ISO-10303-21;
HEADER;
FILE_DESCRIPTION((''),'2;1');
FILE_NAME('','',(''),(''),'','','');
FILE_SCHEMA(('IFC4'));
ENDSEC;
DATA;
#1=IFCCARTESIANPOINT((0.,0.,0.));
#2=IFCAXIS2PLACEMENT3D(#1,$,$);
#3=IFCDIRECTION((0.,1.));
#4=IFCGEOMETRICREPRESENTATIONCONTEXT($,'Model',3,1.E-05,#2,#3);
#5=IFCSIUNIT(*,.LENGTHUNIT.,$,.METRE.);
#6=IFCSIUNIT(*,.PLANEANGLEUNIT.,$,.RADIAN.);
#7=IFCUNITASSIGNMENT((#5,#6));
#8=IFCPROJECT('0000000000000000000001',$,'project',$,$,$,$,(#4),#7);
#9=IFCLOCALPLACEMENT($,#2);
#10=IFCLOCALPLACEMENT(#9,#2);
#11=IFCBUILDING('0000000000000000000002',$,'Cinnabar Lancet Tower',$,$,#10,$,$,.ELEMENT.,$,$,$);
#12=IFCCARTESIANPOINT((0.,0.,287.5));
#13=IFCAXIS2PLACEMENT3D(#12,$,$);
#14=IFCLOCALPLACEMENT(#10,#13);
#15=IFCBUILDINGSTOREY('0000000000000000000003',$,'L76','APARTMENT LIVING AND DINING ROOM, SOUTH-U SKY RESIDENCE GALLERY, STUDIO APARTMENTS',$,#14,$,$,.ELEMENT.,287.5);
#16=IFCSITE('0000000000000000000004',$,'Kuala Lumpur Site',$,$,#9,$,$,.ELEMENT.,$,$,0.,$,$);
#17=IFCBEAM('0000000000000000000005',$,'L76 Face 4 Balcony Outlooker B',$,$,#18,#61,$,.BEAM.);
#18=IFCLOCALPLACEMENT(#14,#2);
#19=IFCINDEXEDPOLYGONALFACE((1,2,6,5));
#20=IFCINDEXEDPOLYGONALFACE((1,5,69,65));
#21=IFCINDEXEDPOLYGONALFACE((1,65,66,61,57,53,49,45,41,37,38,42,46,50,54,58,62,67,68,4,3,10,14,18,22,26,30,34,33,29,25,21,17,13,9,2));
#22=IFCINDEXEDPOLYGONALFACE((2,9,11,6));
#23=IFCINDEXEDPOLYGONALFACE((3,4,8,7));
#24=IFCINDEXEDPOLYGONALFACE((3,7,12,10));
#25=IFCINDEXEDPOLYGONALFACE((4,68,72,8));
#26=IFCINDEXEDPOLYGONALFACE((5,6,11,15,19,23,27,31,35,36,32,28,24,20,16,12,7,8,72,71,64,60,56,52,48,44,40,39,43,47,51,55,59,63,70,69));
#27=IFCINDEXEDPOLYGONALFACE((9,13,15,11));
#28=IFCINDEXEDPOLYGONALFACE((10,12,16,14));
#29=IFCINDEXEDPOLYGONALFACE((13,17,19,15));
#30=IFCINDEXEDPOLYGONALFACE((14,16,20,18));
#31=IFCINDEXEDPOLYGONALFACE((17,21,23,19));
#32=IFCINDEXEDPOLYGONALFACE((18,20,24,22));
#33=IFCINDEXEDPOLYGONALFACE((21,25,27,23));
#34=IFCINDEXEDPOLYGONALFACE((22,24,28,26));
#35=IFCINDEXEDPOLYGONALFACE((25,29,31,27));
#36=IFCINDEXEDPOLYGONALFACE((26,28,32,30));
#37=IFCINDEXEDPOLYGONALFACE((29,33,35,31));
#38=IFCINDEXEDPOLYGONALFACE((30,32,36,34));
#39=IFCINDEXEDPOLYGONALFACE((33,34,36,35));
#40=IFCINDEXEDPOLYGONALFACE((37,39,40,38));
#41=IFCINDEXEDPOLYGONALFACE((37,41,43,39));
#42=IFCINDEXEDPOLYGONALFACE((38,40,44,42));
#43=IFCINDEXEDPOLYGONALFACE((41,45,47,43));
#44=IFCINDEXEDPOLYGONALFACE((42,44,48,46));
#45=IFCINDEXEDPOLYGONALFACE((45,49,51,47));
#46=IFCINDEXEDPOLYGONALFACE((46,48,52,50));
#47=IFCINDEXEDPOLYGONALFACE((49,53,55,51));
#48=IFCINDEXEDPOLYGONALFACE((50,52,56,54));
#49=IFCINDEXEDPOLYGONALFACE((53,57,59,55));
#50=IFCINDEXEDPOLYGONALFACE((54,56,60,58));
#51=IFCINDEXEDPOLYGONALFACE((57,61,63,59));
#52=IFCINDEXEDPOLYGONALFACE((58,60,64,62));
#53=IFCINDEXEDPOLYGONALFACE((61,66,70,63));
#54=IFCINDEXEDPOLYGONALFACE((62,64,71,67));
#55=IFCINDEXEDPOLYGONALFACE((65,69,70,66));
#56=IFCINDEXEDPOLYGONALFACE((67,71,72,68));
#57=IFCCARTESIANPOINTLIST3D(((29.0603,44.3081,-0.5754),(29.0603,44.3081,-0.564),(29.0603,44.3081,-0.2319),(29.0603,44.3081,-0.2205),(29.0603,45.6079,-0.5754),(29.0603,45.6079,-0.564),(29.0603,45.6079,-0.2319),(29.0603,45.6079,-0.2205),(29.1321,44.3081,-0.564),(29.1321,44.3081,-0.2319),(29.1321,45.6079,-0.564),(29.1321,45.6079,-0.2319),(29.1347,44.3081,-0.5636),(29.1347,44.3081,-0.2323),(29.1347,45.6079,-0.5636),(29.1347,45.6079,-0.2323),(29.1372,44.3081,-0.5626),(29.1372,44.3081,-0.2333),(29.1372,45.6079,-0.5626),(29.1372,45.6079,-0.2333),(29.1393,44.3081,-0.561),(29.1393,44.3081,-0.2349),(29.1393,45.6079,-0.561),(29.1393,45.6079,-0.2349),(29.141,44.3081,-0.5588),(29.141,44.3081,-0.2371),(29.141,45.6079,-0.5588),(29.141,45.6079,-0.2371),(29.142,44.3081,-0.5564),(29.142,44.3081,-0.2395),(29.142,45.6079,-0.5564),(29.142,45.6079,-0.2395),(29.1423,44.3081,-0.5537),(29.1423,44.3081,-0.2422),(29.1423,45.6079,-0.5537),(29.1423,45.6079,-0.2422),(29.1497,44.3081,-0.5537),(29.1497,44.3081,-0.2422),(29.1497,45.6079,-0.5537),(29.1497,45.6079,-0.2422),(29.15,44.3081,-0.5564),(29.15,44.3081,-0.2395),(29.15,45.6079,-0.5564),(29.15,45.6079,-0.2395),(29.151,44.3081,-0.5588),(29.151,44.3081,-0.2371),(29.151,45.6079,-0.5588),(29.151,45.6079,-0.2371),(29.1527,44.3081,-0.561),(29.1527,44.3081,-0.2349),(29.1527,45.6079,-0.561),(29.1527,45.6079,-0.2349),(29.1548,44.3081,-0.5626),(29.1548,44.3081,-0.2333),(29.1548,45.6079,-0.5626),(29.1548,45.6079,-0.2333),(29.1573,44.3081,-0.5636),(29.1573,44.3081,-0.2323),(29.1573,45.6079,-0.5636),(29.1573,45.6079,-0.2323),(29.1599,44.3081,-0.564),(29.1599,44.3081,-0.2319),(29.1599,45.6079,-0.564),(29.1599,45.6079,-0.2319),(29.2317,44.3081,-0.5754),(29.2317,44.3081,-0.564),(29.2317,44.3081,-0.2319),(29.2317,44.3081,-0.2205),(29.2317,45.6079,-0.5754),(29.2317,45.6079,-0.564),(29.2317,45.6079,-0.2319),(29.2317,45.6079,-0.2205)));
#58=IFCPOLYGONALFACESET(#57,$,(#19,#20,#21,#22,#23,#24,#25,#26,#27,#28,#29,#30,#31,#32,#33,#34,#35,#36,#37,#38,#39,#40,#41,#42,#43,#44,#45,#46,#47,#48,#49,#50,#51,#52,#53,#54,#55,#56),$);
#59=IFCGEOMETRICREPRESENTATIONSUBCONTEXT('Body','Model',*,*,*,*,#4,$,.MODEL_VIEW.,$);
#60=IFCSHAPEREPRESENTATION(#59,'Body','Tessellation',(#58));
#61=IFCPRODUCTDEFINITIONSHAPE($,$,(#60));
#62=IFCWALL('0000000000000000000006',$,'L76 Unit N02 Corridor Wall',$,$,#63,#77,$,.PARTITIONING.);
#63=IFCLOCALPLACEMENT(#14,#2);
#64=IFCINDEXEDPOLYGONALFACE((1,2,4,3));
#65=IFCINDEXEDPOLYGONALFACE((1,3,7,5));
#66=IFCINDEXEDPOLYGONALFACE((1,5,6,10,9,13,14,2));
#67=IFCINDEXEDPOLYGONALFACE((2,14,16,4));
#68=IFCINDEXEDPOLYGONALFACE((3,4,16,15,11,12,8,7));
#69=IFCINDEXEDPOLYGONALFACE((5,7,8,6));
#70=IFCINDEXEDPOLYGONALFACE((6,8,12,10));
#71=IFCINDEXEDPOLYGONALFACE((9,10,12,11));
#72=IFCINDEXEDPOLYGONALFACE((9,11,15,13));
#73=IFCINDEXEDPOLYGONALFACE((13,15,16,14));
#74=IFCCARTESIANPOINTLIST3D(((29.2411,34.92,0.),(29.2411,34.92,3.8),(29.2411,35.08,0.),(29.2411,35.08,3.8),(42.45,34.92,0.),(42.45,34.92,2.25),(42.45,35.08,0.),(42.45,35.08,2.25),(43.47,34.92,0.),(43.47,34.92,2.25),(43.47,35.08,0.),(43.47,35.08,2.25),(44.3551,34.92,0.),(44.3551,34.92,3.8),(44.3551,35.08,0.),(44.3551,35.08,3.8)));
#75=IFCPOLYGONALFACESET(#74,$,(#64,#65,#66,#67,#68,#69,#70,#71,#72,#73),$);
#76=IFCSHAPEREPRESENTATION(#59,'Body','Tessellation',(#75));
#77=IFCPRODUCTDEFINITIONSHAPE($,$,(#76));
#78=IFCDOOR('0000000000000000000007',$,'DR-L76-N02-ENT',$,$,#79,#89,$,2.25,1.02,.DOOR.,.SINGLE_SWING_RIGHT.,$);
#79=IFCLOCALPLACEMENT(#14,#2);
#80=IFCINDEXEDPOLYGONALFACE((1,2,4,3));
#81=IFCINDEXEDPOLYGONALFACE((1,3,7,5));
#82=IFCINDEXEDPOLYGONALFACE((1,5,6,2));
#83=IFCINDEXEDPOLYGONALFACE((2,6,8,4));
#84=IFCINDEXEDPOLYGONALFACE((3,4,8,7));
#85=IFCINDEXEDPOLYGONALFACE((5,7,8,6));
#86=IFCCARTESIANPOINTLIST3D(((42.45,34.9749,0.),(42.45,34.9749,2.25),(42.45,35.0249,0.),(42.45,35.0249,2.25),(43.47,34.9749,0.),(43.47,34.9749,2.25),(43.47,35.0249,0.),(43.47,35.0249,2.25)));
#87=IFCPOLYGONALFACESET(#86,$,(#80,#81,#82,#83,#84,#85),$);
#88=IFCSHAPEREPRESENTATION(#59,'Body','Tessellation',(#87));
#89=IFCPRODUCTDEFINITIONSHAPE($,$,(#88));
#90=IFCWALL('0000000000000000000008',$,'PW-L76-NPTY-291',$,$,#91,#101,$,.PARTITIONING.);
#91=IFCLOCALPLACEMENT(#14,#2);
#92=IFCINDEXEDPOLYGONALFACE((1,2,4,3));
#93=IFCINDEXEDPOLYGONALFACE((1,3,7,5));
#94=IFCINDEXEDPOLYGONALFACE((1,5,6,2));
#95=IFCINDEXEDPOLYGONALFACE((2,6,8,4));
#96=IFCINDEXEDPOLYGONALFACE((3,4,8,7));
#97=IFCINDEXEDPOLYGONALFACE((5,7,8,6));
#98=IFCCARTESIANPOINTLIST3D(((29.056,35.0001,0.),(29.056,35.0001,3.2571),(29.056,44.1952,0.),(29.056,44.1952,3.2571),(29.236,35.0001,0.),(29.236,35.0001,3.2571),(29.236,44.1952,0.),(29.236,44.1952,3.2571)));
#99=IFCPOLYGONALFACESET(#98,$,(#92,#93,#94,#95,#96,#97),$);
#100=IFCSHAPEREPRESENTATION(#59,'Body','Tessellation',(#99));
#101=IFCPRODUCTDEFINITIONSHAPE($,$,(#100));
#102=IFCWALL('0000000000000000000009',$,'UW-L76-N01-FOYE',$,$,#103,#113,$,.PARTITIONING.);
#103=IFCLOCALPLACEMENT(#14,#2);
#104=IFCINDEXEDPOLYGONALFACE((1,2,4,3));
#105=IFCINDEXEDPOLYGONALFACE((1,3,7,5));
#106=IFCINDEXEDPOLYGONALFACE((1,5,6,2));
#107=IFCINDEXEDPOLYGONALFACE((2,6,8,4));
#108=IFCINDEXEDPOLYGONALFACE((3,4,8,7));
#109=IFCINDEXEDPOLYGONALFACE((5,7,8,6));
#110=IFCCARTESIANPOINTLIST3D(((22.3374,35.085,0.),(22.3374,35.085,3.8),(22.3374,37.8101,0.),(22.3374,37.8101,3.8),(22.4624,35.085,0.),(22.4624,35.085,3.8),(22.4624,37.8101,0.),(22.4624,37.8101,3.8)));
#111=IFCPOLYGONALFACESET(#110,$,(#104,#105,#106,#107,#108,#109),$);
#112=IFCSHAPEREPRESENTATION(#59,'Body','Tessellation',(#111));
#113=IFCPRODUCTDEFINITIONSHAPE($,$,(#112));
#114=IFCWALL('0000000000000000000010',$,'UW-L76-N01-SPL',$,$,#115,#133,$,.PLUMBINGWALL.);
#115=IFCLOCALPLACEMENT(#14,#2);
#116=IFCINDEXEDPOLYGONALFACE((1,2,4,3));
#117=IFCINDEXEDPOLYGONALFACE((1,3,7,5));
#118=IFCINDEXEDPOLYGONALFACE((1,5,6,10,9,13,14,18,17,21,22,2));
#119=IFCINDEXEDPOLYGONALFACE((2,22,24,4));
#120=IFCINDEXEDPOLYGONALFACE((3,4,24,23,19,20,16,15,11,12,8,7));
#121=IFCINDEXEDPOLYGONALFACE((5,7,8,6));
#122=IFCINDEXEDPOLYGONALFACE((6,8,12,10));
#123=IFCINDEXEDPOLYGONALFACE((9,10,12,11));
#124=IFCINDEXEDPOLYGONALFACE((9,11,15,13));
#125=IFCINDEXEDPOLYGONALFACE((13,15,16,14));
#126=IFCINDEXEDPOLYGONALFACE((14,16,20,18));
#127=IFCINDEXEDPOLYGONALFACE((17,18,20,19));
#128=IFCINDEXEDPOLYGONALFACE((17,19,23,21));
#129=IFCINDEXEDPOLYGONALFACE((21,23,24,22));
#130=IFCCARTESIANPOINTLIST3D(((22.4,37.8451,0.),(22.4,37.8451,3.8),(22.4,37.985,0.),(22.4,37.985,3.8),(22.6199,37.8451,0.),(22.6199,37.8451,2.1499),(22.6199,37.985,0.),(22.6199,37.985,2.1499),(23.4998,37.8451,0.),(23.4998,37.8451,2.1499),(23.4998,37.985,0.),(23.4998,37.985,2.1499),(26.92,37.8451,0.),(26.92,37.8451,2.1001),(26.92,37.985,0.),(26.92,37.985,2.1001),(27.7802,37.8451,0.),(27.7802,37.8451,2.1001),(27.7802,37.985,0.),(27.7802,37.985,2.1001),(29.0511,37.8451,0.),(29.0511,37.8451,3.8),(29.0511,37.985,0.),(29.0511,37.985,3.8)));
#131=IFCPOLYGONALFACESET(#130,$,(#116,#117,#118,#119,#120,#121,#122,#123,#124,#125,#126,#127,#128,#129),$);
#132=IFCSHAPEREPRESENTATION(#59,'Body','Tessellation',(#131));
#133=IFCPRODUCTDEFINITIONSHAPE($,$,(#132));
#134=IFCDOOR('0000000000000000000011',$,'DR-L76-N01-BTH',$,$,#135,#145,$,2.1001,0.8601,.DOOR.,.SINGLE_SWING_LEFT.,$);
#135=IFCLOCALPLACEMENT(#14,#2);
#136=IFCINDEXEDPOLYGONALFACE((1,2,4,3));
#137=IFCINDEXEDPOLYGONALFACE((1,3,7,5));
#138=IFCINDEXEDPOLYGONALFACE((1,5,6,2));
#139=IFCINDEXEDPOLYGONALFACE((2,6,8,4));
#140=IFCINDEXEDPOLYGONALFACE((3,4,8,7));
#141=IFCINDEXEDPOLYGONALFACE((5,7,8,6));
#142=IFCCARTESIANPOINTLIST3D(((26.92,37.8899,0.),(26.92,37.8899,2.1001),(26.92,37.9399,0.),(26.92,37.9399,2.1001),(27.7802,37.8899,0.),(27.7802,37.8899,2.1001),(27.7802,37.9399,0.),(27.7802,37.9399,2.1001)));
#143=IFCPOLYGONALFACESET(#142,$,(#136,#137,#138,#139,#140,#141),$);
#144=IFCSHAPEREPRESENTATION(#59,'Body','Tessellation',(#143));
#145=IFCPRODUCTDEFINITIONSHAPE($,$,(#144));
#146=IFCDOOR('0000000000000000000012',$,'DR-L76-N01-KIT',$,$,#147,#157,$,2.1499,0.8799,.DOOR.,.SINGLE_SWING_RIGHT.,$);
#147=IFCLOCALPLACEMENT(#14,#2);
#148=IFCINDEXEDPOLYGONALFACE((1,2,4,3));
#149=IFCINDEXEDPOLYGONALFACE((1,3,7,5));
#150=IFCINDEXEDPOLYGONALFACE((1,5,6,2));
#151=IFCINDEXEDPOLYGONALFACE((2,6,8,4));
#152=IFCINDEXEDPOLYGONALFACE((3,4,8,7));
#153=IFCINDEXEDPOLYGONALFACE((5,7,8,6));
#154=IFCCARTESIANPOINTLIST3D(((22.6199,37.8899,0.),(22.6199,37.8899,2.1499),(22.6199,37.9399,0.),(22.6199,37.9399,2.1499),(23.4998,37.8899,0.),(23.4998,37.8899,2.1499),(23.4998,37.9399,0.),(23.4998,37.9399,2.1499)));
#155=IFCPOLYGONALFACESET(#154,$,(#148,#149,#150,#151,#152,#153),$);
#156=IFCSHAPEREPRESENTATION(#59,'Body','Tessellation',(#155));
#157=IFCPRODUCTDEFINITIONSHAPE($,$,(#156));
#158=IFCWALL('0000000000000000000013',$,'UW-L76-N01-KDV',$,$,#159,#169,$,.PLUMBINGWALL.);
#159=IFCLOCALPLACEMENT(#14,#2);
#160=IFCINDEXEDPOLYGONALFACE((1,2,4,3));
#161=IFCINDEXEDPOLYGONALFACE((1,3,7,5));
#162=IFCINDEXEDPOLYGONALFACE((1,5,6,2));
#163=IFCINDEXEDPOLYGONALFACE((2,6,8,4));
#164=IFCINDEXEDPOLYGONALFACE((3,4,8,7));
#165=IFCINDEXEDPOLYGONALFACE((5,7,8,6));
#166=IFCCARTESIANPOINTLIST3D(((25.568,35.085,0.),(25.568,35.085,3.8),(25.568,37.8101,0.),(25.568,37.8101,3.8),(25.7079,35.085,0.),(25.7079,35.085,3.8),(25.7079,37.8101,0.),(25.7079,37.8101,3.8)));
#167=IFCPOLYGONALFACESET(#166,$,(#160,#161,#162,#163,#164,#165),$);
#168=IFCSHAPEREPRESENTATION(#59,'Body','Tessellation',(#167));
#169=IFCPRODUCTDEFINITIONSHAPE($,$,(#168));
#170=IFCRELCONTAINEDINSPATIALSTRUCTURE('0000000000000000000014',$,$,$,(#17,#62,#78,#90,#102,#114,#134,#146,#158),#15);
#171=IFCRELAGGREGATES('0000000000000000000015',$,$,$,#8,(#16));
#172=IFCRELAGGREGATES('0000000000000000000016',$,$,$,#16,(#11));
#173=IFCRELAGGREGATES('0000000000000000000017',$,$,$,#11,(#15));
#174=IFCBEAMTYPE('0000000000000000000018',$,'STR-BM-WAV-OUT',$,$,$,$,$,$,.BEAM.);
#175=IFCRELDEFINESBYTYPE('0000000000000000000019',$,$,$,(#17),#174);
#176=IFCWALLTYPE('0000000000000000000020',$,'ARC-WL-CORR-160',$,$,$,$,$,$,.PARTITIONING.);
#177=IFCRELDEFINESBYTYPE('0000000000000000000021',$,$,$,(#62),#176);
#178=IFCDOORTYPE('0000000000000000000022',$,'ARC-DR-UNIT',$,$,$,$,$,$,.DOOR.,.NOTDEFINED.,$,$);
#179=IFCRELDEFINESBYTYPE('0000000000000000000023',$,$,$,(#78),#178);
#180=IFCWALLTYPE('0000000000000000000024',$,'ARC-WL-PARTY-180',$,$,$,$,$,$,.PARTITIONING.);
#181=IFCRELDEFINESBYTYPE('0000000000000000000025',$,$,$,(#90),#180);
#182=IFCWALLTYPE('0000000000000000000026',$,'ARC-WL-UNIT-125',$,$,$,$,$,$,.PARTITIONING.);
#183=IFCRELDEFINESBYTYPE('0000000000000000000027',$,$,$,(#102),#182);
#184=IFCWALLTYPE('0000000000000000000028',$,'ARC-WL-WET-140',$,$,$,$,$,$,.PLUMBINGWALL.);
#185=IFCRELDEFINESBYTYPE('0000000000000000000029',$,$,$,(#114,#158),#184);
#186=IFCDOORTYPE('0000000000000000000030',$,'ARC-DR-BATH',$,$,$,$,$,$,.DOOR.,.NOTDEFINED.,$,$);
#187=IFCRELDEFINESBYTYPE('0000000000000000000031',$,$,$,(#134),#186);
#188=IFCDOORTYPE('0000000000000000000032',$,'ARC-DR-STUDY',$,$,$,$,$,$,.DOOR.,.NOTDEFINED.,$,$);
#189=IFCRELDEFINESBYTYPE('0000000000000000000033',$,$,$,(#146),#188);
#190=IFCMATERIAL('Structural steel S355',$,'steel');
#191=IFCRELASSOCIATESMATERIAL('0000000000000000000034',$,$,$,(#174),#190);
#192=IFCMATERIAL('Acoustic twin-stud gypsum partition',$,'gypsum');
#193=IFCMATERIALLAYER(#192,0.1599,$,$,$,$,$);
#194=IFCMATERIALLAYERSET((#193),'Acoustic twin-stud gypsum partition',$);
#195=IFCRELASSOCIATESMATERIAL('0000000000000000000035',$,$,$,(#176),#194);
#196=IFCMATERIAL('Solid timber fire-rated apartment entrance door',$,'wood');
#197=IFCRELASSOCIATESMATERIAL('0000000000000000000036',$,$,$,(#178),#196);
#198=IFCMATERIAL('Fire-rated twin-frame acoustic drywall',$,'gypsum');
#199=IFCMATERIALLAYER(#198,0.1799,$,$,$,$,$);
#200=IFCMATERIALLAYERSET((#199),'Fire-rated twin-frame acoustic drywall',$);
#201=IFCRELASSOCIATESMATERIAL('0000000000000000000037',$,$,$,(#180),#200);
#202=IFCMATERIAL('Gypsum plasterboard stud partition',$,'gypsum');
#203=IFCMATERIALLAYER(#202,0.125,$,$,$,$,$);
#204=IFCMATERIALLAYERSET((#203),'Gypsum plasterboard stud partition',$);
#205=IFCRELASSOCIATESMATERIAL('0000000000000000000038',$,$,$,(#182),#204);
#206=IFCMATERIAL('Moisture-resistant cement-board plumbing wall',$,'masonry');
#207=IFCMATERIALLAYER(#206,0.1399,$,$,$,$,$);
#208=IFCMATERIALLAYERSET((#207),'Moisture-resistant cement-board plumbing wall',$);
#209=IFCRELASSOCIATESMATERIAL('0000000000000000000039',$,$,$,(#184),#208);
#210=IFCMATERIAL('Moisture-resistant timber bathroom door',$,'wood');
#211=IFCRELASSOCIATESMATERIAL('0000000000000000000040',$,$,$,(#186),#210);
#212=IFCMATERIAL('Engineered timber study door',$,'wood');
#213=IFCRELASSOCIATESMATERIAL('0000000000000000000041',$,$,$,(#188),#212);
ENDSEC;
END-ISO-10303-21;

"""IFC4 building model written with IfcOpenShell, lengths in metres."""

from ifc_helpers import new_model, si_unit, direction, frame, frame_2d, origin, origin_2d, place, context, subcontext, project, spatial, rectangle, i_section, extrude, material, layer, layer_set, material_profile, profile_set, type_object, element, fill, save


model = new_model("IFC4")

# Units and contexts
model_context = context("Model", 3, precision=1e-05, world=origin(), true_north=direction((0.0, 1.0)))
body_context = subcontext(model_context, "Body", "Model", "MODEL_VIEW")
ifc_project = project(units=[si_unit("LENGTHUNIT", "METRE"), si_unit("PLANEANGLEUNIT", "RADIAN")], contexts=[model_context])

# Site, building, storey
site_placement = place(None, origin())
site = spatial("IfcSite", under=ifc_project, at=site_placement, Name="Kuala Lumpur Site", CompositionType="ELEMENT", RefElevation=0.0)
building_placement = place(site_placement, origin())
building = spatial("IfcBuilding", under=site, at=building_placement, Name="Cinnabar Lancet Tower", CompositionType="ELEMENT")
storey_placement = place(building_placement, frame((0.0, 0.0, 287.5)))
storey = spatial("IfcBuildingStorey", under=building, at=storey_placement, Name="L76", Description="APARTMENT LIVING AND DINING ROOM, SOUTH-U SKY RESIDENCE GALLERY, STUDIO APARTMENTS", CompositionType="ELEMENT", Elevation=287.5)

# Beam
ifc_material_1 = material(Name="Structural steel S355", Category="steel")
ifc_material_profile_1 = material_profile(ifc_material_1, i_section(OverallWidth=0.1714, OverallDepth=0.355, WebThickness=0.0073, FlangeThickness=0.0115, FilletRadius=0.0103, at=origin_2d()), Name="UKB 356x171x51")
ifc_profile_set_1 = profile_set([ifc_material_profile_1], Name="Structural steel S355")
beam_type_1 = type_object("IfcBeamType", Name="STR-BM-WAV-OUT", PredefinedType="BEAM", material=ifc_profile_set_1)
beam_1_placement = place(storey_placement, frame((29.146, 44.3081, -0.3979), z_axis=(0.0, 1.0, 0.0), x_axis=(-1.0, 0.0, 0.0)))
element("IfcBeam", 1, at=beam_1_placement, inside=storey, type_object=beam_type_1, Name="L76 Face 4 Balcony Outlooker B", PredefinedType="BEAM", context=body_context, shape_type="SweptSolid", body=[
    extrude(i_section(OverallWidth=0.1714, OverallDepth=0.355, WebThickness=0.0073, FlangeThickness=0.0115, FilletRadius=0.0103, at=origin_2d()), origin(), (0.0, 0.0, 1.0), 1.2998),
])

# Wall, opening, door
ifc_material_2 = material(Name="Acoustic twin-stud gypsum partition", Category="gypsum")
ifc_layer_1 = layer(ifc_material_2, 0.1599)
ifc_layer_set_1 = layer_set([ifc_layer_1], Name="Acoustic twin-stud gypsum partition")
wall_type_1 = type_object("IfcWallType", Name="ARC-WL-CORR-160", PredefinedType="PARTITIONING", material=ifc_layer_set_1)
wall_1_placement = place(storey_placement, frame((29.241, 35.0, 0.0), z_axis=(0.0, 0.0, 1.0), x_axis=(1.0, 0.0, 0.0)))
wall_1 = element("IfcWall", 2, at=wall_1_placement, inside=storey, type_object=wall_type_1, Name="L76 Unit N02 Corridor Wall", PredefinedType="PARTITIONING", context=body_context, shape_type="SweptSolid", body=[
    extrude(rectangle(XDim=15.114, YDim=0.1599, at=frame_2d((7.5571, 0.0))), origin(), (0.0, 0.0, 1.0), 3.8),
])
opening_1_placement = place(wall_1_placement, frame((13.209, 0.0, 0.0)))
opening_1 = element("IfcOpeningElement", 3, at=opening_1_placement, cuts=wall_1, PredefinedType="OPENING", context=body_context, shape_type="SweptSolid", body=[
    extrude(rectangle(XDim=1.02, YDim=2.25, at=frame_2d((0.51, 1.125))), frame((0.0, 0.0898, 0.0), z_axis=(0.0, -1.0, 0.0), x_axis=(1.0, 0.0, 0.0)), (0.0, 0.0, 1.0), 0.1799),
])
ifc_material_3 = material(Name="Solid timber fire-rated apartment entrance door", Category="wood")
door_type_1 = type_object("IfcDoorType", Name="ARC-DR-UNIT", OperationType="NOTDEFINED", PredefinedType="DOOR", material=ifc_material_3)
door_1_placement = place(opening_1_placement, origin())
door_1 = element("IfcDoor", 4, at=door_1_placement, inside=storey, type_object=door_type_1, Name="DR-L76-N02-ENT", OperationType="SINGLE_SWING_RIGHT", OverallHeight=2.25, OverallWidth=1.02, PredefinedType="DOOR", context=body_context, shape_type="SweptSolid", body=[
    extrude(rectangle(XDim=1.02, YDim=2.25, at=frame_2d((0.51, 1.125))), frame((0.0, 0.0249, 0.0), z_axis=(0.0, -1.0, 0.0), x_axis=(1.0, 0.0, 0.0)), (0.0, 0.0, 1.0), 0.05),
])
fill(opening_1, door_1)

# Walls
ifc_material_4 = material(Name="Fire-rated twin-frame acoustic drywall", Category="gypsum")
ifc_layer_2 = layer(ifc_material_4, 0.1799)
ifc_layer_set_2 = layer_set([ifc_layer_2], Name="Fire-rated twin-frame acoustic drywall")
wall_type_2 = type_object("IfcWallType", Name="ARC-WL-PARTY-180", PredefinedType="PARTITIONING", material=ifc_layer_set_2)
wall_2_placement = place(storey_placement, frame((29.146, 35.0, 0.0), z_axis=(0.0, 0.0, 1.0), x_axis=(0.0, 1.0, 0.0)))
element("IfcWall", 5, at=wall_2_placement, inside=storey, type_object=wall_type_2, Name="PW-L76-NPTY-291", PredefinedType="PARTITIONING", context=body_context, shape_type="SweptSolid", body=[
    extrude(rectangle(XDim=9.1951, YDim=0.1799, at=frame_2d((4.5977, 0.0))), origin(), (0.0, 0.0, 1.0), 3.2571),
])
ifc_material_5 = material(Name="Gypsum plasterboard stud partition", Category="gypsum")
ifc_layer_3 = layer(ifc_material_5, 0.125)
ifc_layer_set_3 = layer_set([ifc_layer_3], Name="Gypsum plasterboard stud partition")
wall_type_3 = type_object("IfcWallType", Name="ARC-WL-UNIT-125", PredefinedType="PARTITIONING", material=ifc_layer_set_3)
wall_3_placement = place(storey_placement, frame((22.3999, 35.085, 0.0), z_axis=(0.0, 0.0, 1.0), x_axis=(0.0, 1.0, 0.0)))
element("IfcWall", 6, at=wall_3_placement, inside=storey, type_object=wall_type_3, Name="UW-L76-N01-FOYE", PredefinedType="PARTITIONING", context=body_context, shape_type="SweptSolid", body=[
    extrude(rectangle(XDim=2.7251, YDim=0.125, at=frame_2d((1.3625, 0.0))), origin(), (0.0, 0.0, 1.0), 3.8),
])

# Wall, openings, doors
ifc_material_6 = material(Name="Moisture-resistant cement-board plumbing wall", Category="masonry")
ifc_layer_4 = layer(ifc_material_6, 0.1399)
ifc_layer_set_4 = layer_set([ifc_layer_4], Name="Moisture-resistant cement-board plumbing wall")
wall_type_4 = type_object("IfcWallType", Name="ARC-WL-WET-140", PredefinedType="PLUMBINGWALL", material=ifc_layer_set_4)
wall_4_placement = place(storey_placement, frame((22.3999, 37.915, 0.0), z_axis=(0.0, 0.0, 1.0), x_axis=(1.0, 0.0, 0.0)))
wall_4 = element("IfcWall", 7, at=wall_4_placement, inside=storey, type_object=wall_type_4, Name="UW-L76-N01-SPL", PredefinedType="PLUMBINGWALL", context=body_context, shape_type="SweptSolid", body=[
    extrude(rectangle(XDim=6.6511, YDim=0.1399, at=frame_2d((3.3257, 0.0))), origin(), (0.0, 0.0, 1.0), 3.8),
])
opening_2_placement = place(wall_4_placement, frame((4.52, 0.0, 0.0)))
opening_2 = element("IfcOpeningElement", 8, at=opening_2_placement, cuts=wall_4, PredefinedType="OPENING", context=body_context, shape_type="SweptSolid", body=[
    extrude(rectangle(XDim=0.8601, YDim=2.1001, at=frame_2d((0.4302, 1.05))), frame((0.0, 0.0798, 0.0), z_axis=(0.0, -1.0, 0.0), x_axis=(1.0, 0.0, 0.0)), (0.0, 0.0, 1.0), 0.1599),
])
opening_3_placement = place(wall_4_placement, frame((0.22, 0.0, 0.0)))
opening_3 = element("IfcOpeningElement", 9, at=opening_3_placement, cuts=wall_4, PredefinedType="OPENING", context=body_context, shape_type="SweptSolid", body=[
    extrude(rectangle(XDim=0.8799, YDim=2.1499, at=frame_2d((0.4399, 1.075))), frame((0.0, 0.0798, 0.0), z_axis=(0.0, -1.0, 0.0), x_axis=(1.0, 0.0, 0.0)), (0.0, 0.0, 1.0), 0.1599),
])
ifc_material_7 = material(Name="Moisture-resistant timber bathroom door", Category="wood")
door_type_2 = type_object("IfcDoorType", Name="ARC-DR-BATH", OperationType="NOTDEFINED", PredefinedType="DOOR", material=ifc_material_7)
door_2_placement = place(opening_2_placement, origin())
door_2 = element("IfcDoor", 10, at=door_2_placement, inside=storey, type_object=door_type_2, Name="DR-L76-N01-BTH", OperationType="SINGLE_SWING_LEFT", OverallHeight=2.1001, OverallWidth=0.8601, PredefinedType="DOOR", context=body_context, shape_type="SweptSolid", body=[
    extrude(rectangle(XDim=0.8601, YDim=2.1001, at=frame_2d((0.4302, 1.05))), frame((0.0, 0.0249, 0.0), z_axis=(0.0, -1.0, 0.0), x_axis=(1.0, 0.0, 0.0)), (0.0, 0.0, 1.0), 0.05),
])
fill(opening_2, door_2)
ifc_material_8 = material(Name="Engineered timber study door", Category="wood")
door_type_3 = type_object("IfcDoorType", Name="ARC-DR-STUDY", OperationType="NOTDEFINED", PredefinedType="DOOR", material=ifc_material_8)
door_3_placement = place(opening_3_placement, origin())
door_3 = element("IfcDoor", 11, at=door_3_placement, inside=storey, type_object=door_type_3, Name="DR-L76-N01-KIT", OperationType="SINGLE_SWING_RIGHT", OverallHeight=2.1499, OverallWidth=0.8799, PredefinedType="DOOR", context=body_context, shape_type="SweptSolid", body=[
    extrude(rectangle(XDim=0.8799, YDim=2.1499, at=frame_2d((0.4399, 1.075))), frame((0.0, 0.0249, 0.0), z_axis=(0.0, -1.0, 0.0), x_axis=(1.0, 0.0, 0.0)), (0.0, 0.0, 1.0), 0.05),
])
fill(opening_3, door_3)

# Wall
wall_5_placement = place(storey_placement, frame((25.6379, 35.085, 0.0), z_axis=(0.0, 0.0, 1.0), x_axis=(0.0, 1.0, 0.0)))
element("IfcWall", 12, at=wall_5_placement, inside=storey, type_object=wall_type_4, Name="UW-L76-N01-KDV", PredefinedType="PLUMBINGWALL", context=body_context, shape_type="SweptSolid", body=[
    extrude(rectangle(XDim=2.7251, YDim=0.1399, at=frame_2d((1.3625, 0.0))), origin(), (0.0, 0.0, 1.0), 3.8),
])

save(model, "model.ifc")
